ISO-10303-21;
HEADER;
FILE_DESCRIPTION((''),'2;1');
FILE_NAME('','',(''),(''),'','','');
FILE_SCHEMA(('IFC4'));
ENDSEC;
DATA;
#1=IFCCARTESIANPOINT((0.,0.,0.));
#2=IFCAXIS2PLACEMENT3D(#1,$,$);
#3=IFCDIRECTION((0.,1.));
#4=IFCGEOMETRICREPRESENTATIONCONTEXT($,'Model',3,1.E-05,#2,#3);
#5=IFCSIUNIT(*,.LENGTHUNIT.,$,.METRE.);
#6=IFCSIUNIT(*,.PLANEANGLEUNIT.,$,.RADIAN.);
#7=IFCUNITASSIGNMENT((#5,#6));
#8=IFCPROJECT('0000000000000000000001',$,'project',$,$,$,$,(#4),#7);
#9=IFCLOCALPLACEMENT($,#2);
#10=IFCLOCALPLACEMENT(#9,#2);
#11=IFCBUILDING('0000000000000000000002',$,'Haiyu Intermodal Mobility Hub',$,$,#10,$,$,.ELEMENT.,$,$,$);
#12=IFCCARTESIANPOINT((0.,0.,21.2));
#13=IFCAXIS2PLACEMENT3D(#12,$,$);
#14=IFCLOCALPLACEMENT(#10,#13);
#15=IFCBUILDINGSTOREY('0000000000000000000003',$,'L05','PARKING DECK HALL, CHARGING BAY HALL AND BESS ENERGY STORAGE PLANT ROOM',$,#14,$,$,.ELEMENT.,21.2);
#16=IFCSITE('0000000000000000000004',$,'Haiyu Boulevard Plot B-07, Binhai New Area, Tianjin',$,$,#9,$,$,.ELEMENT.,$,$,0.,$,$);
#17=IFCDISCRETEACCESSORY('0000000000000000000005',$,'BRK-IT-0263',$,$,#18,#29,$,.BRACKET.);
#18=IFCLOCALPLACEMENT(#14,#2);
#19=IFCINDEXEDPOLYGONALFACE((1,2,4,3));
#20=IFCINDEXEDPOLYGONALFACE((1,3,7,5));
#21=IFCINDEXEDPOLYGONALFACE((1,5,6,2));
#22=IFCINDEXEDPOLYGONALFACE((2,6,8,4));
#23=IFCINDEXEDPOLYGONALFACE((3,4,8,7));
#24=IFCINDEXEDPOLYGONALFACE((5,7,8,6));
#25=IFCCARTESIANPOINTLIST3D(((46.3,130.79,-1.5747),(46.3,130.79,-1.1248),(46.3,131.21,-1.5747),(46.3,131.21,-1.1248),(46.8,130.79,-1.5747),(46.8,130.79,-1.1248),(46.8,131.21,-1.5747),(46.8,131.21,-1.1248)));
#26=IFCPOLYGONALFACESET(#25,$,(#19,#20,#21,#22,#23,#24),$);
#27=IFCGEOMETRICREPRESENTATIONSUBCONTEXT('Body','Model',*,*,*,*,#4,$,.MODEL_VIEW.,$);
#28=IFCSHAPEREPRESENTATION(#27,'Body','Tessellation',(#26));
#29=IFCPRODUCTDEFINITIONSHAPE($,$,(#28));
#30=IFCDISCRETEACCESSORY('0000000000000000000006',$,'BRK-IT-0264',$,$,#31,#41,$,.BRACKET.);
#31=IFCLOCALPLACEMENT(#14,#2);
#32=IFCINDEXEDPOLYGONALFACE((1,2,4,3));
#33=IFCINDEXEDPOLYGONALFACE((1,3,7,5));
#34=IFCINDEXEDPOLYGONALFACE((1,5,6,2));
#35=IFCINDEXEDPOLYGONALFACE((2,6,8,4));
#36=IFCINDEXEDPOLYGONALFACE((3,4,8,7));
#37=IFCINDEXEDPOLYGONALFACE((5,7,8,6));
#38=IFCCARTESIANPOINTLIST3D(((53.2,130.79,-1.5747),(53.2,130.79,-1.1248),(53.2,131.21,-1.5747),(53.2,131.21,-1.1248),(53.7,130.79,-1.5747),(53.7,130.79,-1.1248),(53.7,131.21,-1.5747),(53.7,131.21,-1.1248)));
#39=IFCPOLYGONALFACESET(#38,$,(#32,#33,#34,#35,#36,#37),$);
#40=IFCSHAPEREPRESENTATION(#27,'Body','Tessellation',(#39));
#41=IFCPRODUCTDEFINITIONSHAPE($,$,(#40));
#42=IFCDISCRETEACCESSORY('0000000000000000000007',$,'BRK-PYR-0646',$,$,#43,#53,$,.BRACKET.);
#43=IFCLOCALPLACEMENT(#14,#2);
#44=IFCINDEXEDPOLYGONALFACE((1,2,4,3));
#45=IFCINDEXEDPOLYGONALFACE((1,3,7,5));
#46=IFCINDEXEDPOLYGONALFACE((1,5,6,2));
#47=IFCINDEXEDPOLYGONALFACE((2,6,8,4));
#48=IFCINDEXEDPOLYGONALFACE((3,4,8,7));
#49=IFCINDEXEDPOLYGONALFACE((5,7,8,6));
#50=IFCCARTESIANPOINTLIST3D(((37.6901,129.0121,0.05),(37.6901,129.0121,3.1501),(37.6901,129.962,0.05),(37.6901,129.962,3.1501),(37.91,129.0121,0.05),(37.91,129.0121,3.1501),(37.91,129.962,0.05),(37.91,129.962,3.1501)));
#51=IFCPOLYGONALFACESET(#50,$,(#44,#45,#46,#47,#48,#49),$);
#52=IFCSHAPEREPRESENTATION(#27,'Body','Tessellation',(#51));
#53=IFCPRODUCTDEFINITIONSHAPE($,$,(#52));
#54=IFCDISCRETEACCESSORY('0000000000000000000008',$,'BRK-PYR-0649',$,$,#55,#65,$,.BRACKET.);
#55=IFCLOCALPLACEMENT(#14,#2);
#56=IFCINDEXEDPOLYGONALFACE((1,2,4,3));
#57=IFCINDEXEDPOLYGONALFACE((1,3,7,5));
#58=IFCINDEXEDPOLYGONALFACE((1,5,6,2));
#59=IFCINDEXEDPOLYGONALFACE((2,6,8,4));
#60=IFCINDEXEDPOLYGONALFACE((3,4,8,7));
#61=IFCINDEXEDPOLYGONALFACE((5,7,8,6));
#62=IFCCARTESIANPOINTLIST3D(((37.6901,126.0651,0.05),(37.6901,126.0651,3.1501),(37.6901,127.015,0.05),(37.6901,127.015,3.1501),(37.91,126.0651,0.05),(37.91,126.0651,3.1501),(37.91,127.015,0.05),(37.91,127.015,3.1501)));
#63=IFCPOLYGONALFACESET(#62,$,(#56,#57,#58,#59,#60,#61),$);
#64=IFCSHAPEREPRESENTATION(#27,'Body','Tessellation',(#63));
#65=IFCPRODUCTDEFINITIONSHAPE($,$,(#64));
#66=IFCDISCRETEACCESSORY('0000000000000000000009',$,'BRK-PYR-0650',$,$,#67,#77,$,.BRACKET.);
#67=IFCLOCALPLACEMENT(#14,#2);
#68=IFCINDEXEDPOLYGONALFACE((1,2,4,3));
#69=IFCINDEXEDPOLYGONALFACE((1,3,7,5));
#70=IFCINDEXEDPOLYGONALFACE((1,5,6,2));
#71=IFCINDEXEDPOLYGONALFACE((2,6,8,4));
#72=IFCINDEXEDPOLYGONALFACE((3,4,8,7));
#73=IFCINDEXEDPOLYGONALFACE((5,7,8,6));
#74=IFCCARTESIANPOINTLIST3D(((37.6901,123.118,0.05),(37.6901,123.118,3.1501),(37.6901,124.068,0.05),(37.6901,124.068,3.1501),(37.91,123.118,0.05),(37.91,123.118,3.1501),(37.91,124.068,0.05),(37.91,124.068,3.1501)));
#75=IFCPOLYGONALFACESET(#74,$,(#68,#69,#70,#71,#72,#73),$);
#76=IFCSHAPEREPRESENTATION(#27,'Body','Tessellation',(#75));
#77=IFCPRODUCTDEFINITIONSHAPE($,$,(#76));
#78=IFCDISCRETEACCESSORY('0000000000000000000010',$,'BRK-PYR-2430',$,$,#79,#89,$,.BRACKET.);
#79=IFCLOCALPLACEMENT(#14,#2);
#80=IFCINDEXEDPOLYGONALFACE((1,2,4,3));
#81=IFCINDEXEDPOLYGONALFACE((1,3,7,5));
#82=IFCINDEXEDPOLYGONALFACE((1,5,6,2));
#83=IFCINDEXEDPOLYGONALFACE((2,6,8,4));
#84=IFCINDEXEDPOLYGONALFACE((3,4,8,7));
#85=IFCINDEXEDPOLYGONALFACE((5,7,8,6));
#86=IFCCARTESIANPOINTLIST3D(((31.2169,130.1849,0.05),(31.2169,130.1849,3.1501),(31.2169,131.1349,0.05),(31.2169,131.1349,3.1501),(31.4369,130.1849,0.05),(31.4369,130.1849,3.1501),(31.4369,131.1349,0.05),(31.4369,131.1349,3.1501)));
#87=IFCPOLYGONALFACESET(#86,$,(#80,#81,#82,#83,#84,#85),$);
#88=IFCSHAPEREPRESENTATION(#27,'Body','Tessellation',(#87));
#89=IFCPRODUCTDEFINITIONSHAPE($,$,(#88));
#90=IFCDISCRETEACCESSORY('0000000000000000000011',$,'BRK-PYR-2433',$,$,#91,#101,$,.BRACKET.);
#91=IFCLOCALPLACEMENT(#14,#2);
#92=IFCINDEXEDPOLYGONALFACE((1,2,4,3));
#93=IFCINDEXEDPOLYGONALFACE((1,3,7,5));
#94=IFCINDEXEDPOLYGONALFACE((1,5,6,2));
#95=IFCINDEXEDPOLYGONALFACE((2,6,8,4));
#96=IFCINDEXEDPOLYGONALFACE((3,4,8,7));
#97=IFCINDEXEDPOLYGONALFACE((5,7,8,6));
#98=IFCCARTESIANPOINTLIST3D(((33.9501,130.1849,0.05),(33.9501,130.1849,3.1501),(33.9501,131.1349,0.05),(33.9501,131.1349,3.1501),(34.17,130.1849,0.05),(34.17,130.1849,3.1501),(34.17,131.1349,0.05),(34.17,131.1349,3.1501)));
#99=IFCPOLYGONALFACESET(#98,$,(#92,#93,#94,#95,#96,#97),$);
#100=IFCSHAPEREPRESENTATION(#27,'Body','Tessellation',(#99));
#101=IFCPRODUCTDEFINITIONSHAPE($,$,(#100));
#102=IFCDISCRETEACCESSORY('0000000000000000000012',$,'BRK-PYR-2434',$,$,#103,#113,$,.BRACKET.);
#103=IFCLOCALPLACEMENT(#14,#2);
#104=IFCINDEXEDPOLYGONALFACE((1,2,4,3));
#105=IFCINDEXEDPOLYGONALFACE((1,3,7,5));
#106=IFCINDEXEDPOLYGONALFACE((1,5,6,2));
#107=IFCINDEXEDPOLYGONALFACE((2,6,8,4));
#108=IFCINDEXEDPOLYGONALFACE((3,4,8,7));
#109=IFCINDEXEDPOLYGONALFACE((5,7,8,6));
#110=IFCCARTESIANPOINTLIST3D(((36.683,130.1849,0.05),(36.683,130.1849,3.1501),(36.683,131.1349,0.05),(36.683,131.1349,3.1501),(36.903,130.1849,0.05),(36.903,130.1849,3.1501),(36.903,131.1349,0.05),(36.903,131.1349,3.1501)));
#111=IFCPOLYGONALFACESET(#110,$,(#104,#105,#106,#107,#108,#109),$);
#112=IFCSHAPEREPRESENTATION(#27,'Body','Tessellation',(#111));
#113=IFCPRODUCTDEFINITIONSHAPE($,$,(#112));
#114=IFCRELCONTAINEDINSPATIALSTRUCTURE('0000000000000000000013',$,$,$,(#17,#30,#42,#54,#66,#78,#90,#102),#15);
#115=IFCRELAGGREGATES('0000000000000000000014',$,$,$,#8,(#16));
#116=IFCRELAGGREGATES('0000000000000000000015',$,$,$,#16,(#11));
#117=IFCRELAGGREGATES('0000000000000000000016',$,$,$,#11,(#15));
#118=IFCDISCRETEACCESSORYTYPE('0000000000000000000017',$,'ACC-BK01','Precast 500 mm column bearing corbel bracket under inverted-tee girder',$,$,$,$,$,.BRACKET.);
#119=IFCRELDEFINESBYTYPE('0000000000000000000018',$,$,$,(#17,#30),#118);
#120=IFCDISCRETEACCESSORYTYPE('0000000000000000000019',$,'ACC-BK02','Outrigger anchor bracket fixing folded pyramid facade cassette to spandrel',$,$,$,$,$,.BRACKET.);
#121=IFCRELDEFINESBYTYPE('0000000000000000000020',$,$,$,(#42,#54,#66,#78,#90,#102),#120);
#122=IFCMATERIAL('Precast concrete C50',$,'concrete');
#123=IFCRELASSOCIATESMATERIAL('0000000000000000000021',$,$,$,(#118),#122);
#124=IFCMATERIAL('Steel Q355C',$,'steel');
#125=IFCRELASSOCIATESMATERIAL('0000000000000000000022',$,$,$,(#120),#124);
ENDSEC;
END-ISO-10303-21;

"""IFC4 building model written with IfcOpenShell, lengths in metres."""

from ifc_helpers import new_model, si_unit, direction, frame, origin, origin_2d, place, context, subcontext, project, spatial, rectangle, extrude, material, type_object, element, save


model = new_model("IFC4")

# Units and contexts
model_context = context("Model", 3, precision=1e-05, world=origin(), true_north=direction((0.0, 1.0)))
body_context = subcontext(model_context, "Body", "Model", "MODEL_VIEW")
ifc_project = project(units=[si_unit("LENGTHUNIT", "METRE"), si_unit("PLANEANGLEUNIT", "RADIAN")], contexts=[model_context])

# Site, building, storey
site_placement = place(None, origin())
site = spatial("IfcSite", under=ifc_project, at=site_placement, Name="Haiyu Boulevard Plot B-07, Binhai New Area, Tianjin", CompositionType="ELEMENT", RefElevation=0.0)
building_placement = place(site_placement, origin())
building = spatial("IfcBuilding", under=site, at=building_placement, Name="Haiyu Intermodal Mobility Hub", CompositionType="ELEMENT")
storey_placement = place(building_placement, frame((0.0, 0.0, 21.2)))
storey = spatial("IfcBuildingStorey", under=building, at=storey_placement, Name="L05", Description="PARKING DECK HALL, CHARGING BAY HALL AND BESS ENERGY STORAGE PLANT ROOM", CompositionType="ELEMENT", Elevation=21.2)

# Shared definitions
ifc_material_1 = material(Name="Precast concrete C50", Category="concrete")

# Shared definitions
ifc_material_2 = material(Name="Steel Q355C", Category="steel")

# Discrete accessories
discrete_accessory_type_1 = type_object("IfcDiscreteAccessoryType", Name="ACC-BK01", Description="Precast 500 mm column bearing corbel bracket under inverted-tee girder", PredefinedType="BRACKET", material=ifc_material_1)
for number, where, z_axis, x_axis, name in (
    (1, (46.55, 131.0, -1.5747), (0.0, 0.0, 1.0), (1.0, 0.0, 0.0), "BRK-IT-0263"),
    (2, (53.45, 131.0, -1.5747), (0.0, 0.0, 1.0), (1.0, 0.0, 0.0), "BRK-IT-0264"),
):
    element("IfcDiscreteAccessory", number, at=place(storey_placement, frame(where, z_axis=z_axis, x_axis=x_axis)), inside=storey, type_object=discrete_accessory_type_1, Name=name, PredefinedType="BRACKET", context=body_context, shape_type="SweptSolid", body=[
        extrude(rectangle(XDim=0.5, YDim=0.4199, at=origin_2d()), origin(), (0.0, 0.0, 1.0), 0.45),
    ])
discrete_accessory_type_2 = type_object("IfcDiscreteAccessoryType", Name="ACC-BK02", Description="Outrigger anchor bracket fixing folded pyramid facade cassette to spandrel", PredefinedType="BRACKET", material=ifc_material_2)
for number, where, z_axis, x_axis, name in (
    (3, (37.8, 129.4871, 0.05), (0.0, 0.0, 1.0), (1.0, 0.0, 0.0), "BRK-PYR-0646"),
    (4, (37.8, 126.54, 0.05), (0.0, 0.0, 1.0), (1.0, 0.0, 0.0), "BRK-PYR-0649"),
    (5, (37.8, 123.593, 0.05), (0.0, 0.0, 1.0), (1.0, 0.0, 0.0), "BRK-PYR-0650"),
    (6, (31.3269, 130.6599, 0.05), (0.0, 0.0, 1.0), (1.0, 0.0, 0.0), "BRK-PYR-2430"),
    (7, (34.0601, 130.6599, 0.05), (0.0, 0.0, 1.0), (1.0, 0.0, 0.0), "BRK-PYR-2433"),
    (8, (36.793, 130.6599, 0.05), (0.0, 0.0, 1.0), (1.0, 0.0, 0.0), "BRK-PYR-2434"),
):
    element("IfcDiscreteAccessory", number, at=place(storey_placement, frame(where, z_axis=z_axis, x_axis=x_axis)), inside=storey, type_object=discrete_accessory_type_2, Name=name, PredefinedType="BRACKET", context=body_context, shape_type="SweptSolid", body=[
        extrude(rectangle(XDim=0.22, YDim=0.95, at=origin_2d()), origin(), (0.0, 0.0, 1.0), 3.1001),
    ])

save(model, "model.ifc")
